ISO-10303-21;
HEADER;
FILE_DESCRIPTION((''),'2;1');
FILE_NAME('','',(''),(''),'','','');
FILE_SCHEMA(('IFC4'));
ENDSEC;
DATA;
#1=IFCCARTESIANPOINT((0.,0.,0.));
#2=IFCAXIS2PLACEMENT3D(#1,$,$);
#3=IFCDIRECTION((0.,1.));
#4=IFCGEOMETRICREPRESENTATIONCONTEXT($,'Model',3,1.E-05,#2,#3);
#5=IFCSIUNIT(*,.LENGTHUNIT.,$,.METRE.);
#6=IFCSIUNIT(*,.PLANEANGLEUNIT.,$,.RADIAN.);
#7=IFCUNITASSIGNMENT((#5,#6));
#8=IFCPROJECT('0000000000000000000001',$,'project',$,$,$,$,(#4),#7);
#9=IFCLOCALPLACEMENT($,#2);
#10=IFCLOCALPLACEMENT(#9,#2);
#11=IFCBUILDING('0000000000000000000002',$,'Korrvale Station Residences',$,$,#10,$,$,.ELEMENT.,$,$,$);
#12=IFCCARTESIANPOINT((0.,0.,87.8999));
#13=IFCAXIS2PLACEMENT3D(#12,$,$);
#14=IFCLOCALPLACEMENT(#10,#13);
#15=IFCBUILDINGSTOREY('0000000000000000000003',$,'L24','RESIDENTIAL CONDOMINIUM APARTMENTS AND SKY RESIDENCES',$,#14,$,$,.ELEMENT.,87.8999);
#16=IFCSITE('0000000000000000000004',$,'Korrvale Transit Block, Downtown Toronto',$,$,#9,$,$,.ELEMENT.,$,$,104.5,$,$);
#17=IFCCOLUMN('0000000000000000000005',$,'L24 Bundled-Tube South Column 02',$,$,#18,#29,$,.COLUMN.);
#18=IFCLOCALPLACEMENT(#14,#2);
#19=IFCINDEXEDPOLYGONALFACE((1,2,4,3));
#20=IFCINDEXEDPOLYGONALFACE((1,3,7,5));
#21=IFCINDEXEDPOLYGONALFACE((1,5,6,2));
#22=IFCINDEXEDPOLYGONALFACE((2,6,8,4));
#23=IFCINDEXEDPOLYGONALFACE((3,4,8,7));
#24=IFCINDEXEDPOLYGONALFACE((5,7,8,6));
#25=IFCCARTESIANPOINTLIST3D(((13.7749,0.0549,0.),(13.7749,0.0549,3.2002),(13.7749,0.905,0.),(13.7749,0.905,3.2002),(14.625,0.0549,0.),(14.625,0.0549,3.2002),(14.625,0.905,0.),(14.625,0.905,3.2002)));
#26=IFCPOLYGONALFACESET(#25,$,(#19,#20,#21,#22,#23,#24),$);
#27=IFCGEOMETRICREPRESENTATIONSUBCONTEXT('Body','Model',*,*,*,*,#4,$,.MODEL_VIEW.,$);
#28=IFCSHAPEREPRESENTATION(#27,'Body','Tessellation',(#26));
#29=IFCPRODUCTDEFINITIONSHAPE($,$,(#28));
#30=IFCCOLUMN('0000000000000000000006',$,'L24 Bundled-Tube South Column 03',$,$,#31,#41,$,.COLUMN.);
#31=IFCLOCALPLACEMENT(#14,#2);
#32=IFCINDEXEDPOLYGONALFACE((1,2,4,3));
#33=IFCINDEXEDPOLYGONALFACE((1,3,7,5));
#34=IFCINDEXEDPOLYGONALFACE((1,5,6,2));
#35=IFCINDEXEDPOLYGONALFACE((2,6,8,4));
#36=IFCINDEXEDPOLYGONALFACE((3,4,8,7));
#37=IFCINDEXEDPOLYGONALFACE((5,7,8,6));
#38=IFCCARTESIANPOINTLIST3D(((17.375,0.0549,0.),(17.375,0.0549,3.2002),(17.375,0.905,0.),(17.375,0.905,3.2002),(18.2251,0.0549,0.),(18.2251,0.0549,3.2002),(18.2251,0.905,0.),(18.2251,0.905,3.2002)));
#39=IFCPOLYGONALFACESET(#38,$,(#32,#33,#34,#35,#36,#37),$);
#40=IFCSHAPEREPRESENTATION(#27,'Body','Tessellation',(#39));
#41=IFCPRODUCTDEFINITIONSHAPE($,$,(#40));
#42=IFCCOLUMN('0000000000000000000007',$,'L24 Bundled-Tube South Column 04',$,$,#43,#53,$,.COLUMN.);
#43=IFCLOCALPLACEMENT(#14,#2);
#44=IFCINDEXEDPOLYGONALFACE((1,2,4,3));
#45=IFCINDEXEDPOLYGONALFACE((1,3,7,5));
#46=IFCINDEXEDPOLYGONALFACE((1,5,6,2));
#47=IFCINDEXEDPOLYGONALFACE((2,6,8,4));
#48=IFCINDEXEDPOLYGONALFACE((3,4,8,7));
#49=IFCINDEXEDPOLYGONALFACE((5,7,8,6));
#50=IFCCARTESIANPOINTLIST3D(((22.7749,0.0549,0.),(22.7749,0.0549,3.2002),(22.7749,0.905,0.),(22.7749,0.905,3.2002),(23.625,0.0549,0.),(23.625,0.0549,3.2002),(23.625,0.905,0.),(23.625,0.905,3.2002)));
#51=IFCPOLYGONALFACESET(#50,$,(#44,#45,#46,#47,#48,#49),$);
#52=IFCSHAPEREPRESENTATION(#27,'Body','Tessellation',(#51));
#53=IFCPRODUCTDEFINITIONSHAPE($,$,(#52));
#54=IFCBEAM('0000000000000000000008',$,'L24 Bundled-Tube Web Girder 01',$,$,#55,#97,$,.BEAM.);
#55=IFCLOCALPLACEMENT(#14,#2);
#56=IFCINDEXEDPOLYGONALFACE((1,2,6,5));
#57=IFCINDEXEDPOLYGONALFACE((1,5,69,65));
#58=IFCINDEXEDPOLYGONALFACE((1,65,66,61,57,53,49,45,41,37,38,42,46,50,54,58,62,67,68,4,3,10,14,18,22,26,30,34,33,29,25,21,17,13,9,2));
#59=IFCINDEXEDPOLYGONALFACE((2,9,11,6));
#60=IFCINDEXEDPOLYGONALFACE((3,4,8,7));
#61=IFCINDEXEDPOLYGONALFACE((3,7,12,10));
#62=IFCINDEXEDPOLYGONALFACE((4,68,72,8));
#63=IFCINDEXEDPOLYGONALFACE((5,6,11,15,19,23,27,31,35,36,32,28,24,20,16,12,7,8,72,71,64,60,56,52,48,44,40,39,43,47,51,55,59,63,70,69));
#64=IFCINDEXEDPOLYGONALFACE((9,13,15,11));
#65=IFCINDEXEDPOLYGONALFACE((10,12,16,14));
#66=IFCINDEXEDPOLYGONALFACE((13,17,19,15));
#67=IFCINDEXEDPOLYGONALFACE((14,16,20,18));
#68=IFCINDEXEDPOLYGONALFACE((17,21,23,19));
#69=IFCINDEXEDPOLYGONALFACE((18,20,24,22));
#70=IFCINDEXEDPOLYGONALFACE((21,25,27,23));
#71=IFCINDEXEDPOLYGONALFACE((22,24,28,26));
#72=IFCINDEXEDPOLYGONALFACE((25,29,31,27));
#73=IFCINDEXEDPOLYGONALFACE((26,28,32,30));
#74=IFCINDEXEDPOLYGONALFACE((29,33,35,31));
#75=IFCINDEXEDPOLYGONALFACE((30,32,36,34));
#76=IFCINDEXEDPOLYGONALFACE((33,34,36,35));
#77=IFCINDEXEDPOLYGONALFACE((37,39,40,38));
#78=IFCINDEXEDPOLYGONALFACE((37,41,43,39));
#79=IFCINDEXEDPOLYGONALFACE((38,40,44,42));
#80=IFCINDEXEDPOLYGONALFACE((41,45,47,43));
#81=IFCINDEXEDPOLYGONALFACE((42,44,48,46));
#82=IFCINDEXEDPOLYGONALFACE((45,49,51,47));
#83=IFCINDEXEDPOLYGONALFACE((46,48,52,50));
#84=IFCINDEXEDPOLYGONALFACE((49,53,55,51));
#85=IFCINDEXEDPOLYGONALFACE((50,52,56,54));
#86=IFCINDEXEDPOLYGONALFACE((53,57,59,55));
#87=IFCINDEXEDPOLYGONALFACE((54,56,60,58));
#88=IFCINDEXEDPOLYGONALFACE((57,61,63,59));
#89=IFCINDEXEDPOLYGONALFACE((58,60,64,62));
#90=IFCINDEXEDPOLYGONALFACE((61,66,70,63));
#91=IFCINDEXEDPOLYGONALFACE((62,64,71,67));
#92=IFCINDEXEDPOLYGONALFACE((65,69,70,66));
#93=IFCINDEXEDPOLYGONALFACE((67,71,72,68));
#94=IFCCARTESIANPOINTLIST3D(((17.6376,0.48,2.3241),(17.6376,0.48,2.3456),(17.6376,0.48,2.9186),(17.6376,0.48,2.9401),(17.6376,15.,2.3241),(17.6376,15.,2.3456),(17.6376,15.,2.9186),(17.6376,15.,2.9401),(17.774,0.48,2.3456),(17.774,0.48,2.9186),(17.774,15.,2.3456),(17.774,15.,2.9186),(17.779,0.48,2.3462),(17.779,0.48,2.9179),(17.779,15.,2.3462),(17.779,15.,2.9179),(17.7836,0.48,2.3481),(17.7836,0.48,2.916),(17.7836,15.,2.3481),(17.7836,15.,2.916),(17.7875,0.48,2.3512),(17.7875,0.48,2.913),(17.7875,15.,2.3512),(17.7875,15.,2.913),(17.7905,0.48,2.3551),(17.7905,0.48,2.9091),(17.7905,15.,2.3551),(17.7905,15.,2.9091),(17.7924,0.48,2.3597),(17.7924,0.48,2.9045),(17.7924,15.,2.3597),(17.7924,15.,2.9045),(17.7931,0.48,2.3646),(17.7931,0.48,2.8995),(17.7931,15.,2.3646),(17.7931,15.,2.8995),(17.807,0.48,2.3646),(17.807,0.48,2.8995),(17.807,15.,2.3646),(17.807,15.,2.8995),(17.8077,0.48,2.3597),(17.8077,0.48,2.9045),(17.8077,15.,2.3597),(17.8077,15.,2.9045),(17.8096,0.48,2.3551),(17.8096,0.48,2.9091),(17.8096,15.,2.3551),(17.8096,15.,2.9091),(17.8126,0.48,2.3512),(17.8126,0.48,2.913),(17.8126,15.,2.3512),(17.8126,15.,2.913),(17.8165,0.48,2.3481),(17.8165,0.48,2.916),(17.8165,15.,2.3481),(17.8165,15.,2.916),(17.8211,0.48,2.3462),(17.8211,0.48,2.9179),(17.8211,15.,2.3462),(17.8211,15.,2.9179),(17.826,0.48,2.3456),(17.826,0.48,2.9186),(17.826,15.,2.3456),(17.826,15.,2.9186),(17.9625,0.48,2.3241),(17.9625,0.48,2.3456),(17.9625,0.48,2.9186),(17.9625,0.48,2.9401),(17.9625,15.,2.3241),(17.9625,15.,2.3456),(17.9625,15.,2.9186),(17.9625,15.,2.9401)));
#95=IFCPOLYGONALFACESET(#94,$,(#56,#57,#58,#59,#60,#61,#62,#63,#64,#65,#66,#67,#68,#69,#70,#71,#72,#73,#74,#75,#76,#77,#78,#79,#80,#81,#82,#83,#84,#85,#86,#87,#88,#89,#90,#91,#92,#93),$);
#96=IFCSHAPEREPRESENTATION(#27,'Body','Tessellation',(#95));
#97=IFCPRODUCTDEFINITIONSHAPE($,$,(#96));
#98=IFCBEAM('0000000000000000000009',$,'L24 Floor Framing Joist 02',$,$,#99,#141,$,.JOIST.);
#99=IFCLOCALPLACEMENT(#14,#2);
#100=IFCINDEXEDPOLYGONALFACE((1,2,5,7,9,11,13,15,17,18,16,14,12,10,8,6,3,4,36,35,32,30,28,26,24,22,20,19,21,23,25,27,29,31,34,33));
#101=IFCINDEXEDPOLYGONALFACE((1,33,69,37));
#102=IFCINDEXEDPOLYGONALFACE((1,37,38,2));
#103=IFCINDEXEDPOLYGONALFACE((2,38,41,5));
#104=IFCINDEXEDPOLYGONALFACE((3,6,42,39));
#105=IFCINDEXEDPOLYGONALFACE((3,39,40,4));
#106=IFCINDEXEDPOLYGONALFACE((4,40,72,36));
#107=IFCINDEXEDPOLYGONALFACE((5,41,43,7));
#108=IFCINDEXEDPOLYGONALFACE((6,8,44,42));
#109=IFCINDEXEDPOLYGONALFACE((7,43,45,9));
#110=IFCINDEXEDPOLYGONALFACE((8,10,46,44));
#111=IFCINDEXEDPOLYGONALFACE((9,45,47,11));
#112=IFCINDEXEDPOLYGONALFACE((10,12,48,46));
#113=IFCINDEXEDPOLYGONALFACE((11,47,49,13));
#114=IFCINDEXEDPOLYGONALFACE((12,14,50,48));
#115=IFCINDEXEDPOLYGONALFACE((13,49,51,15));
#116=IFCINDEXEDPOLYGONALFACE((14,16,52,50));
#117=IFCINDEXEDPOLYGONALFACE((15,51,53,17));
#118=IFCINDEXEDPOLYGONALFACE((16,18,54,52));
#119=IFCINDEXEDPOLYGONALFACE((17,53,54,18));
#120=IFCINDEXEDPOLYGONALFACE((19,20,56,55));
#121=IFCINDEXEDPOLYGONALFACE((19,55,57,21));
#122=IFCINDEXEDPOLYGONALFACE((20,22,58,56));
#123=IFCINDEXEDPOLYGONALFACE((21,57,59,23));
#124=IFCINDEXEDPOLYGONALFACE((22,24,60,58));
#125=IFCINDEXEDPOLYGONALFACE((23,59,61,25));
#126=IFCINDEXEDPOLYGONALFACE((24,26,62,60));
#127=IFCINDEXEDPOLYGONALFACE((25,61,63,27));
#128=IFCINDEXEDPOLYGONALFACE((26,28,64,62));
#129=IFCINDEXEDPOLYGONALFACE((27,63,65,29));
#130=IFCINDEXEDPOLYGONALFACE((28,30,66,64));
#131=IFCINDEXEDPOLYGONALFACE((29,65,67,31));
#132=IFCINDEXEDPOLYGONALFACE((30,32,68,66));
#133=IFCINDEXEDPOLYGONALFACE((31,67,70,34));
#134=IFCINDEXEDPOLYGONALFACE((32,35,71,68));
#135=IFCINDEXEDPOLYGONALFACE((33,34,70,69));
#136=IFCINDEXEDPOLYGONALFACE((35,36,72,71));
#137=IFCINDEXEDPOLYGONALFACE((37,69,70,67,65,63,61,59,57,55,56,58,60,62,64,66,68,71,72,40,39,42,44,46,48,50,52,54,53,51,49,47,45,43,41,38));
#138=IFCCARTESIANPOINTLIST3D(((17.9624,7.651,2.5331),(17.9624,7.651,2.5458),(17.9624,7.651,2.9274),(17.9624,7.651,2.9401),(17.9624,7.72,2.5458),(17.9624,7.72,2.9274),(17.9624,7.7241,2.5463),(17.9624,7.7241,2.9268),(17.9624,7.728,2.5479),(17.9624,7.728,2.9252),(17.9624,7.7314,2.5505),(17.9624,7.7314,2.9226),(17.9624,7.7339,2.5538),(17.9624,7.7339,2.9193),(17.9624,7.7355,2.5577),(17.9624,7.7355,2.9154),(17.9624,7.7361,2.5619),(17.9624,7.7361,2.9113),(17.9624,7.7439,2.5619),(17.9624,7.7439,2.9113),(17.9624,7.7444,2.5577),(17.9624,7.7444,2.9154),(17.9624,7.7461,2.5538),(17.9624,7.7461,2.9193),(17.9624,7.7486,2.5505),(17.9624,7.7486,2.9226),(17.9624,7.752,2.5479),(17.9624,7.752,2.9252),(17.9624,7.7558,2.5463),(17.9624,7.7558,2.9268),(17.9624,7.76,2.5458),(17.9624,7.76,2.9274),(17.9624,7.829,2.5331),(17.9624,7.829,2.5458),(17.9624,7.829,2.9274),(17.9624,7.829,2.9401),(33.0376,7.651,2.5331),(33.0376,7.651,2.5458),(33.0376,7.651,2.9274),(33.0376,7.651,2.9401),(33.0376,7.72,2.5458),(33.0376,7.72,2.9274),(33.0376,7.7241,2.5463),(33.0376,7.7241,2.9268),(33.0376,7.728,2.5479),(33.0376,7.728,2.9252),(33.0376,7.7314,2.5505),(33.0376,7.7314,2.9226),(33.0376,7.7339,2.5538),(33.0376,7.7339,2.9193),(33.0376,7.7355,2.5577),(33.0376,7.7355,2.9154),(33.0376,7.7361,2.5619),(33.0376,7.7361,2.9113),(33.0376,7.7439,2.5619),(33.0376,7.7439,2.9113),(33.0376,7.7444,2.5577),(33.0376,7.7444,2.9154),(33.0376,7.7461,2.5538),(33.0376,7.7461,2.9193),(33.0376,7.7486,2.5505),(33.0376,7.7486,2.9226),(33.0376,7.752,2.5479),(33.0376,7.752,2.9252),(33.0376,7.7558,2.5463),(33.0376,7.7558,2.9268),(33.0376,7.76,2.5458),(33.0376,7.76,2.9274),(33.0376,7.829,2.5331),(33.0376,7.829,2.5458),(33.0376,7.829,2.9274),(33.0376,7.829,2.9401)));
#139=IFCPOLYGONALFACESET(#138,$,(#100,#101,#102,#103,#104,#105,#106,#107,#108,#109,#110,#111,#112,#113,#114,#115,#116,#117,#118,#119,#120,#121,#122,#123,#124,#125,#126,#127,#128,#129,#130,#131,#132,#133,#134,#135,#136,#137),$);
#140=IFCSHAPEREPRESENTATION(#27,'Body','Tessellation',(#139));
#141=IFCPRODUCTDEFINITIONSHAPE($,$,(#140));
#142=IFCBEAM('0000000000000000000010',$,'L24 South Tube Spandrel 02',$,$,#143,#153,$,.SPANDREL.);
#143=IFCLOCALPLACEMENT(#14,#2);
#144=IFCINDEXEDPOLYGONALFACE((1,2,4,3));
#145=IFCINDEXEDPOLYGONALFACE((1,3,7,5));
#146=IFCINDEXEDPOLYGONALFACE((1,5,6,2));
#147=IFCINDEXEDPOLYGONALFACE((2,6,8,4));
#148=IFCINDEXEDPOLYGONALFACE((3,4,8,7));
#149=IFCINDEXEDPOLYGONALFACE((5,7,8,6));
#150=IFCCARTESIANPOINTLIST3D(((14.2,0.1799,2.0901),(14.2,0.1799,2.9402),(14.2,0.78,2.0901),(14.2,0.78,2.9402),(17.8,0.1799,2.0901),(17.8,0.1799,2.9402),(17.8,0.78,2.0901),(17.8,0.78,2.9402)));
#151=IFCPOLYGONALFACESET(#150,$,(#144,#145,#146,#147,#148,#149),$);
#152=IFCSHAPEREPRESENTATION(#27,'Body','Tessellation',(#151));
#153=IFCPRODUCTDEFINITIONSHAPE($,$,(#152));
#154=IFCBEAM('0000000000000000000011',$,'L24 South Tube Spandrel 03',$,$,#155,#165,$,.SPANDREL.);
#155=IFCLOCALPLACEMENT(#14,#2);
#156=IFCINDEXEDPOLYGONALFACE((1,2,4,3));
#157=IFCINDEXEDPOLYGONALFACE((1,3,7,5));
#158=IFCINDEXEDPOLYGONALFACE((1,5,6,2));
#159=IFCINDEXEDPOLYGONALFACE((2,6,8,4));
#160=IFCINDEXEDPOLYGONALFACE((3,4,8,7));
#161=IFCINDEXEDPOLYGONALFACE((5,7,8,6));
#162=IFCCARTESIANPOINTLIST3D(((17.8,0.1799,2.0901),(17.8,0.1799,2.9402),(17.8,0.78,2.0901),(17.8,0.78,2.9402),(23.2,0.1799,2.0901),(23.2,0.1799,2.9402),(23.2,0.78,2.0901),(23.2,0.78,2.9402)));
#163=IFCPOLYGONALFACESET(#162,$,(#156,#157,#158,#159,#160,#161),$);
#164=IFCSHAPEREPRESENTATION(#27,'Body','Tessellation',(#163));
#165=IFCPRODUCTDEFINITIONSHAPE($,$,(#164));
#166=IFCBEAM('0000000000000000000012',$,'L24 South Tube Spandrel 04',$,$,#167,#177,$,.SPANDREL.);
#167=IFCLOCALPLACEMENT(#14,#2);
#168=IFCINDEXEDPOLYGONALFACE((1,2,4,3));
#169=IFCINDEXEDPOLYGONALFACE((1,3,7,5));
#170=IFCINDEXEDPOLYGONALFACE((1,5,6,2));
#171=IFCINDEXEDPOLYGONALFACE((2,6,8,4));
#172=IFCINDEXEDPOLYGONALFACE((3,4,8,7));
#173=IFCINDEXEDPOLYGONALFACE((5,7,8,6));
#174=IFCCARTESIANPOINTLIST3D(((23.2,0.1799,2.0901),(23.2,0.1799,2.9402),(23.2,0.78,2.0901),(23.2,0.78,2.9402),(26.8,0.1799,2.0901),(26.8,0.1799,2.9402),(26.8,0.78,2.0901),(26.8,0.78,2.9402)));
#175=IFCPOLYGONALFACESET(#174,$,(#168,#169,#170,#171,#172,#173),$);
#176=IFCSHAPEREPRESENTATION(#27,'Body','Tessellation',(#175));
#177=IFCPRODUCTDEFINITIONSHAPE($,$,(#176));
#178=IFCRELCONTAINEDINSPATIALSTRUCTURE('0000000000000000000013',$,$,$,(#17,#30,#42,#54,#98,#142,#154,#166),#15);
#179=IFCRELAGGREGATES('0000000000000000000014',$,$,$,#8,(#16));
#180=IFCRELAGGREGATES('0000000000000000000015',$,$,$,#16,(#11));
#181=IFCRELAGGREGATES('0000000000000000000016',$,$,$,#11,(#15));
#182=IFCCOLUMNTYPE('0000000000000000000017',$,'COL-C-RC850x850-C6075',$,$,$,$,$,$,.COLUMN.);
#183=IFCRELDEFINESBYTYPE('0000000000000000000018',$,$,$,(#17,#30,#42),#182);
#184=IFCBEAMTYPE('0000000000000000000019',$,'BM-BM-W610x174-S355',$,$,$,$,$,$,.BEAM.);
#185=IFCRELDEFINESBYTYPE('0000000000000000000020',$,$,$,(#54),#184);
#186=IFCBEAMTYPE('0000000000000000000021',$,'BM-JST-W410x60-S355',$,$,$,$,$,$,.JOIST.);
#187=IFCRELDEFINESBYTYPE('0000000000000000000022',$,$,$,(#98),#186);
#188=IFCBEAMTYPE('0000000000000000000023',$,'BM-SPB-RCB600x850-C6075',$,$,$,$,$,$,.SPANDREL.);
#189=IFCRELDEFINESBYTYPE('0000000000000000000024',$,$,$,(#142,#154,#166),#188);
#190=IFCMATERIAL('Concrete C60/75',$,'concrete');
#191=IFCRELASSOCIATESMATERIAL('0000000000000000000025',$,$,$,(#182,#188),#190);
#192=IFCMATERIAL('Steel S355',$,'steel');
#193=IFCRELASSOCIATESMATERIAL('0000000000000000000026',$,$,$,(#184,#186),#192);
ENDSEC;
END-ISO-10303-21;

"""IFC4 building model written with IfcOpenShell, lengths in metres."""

from ifc_helpers import new_model, si_unit, direction, frame, origin, origin_2d, place, context, subcontext, project, spatial, rectangle, i_section, extrude, material, material_profile, profile_set, type_object, element, save


model = new_model("IFC4")

# Units and contexts
model_context = context("Model", 3, precision=1e-05, world=origin(), true_north=direction((0.0, 1.0)))
body_context = subcontext(model_context, "Body", "Model", "MODEL_VIEW")
ifc_project = project(units=[si_unit("LENGTHUNIT", "METRE"), si_unit("PLANEANGLEUNIT", "RADIAN")], contexts=[model_context])

# Site, building, storey
site_placement = place(None, origin())
site = spatial("IfcSite", under=ifc_project, at=site_placement, Name="Korrvale Transit Block, Downtown Toronto", CompositionType="ELEMENT", RefElevation=104.5)
building_placement = place(site_placement, origin())
building = spatial("IfcBuilding", under=site, at=building_placement, Name="Korrvale Station Residences", CompositionType="ELEMENT")
storey_placement = place(building_placement, frame((0.0, 0.0, 87.8999)))
storey = spatial("IfcBuildingStorey", under=building, at=storey_placement, Name="L24", Description="RESIDENTIAL CONDOMINIUM APARTMENTS AND SKY RESIDENCES", CompositionType="ELEMENT", Elevation=87.8999)

# Columns
ifc_material_1 = material(Name="Concrete C60/75", Category="concrete")
ifc_material_profile_1 = material_profile(ifc_material_1, rectangle(XDim=0.8501, YDim=0.8501, at=origin_2d()), Name="RC850x850")
ifc_profile_set_1 = profile_set([ifc_material_profile_1], Name="Concrete C60/75")
column_type = type_object("IfcColumnType", Name="COL-C-RC850x850-C6075", PredefinedType="COLUMN", material=ifc_profile_set_1)
for number, where, z_axis, x_axis, name in (
    (1, (14.2, 0.48, 0.0), (0.0, 0.0, 1.0), (1.0, 0.0, 0.0), "L24 Bundled-Tube South Column 02"),
    (2, (17.8, 0.48, 0.0), (0.0, 0.0, 1.0), (1.0, 0.0, 0.0), "L24 Bundled-Tube South Column 03"),
    (3, (23.2, 0.48, 0.0), (0.0, 0.0, 1.0), (1.0, 0.0, 0.0), "L24 Bundled-Tube South Column 04"),
):
    element("IfcColumn", number, at=place(storey_placement, frame(where, z_axis=z_axis, x_axis=x_axis)), inside=storey, type_object=column_type, Name=name, PredefinedType="COLUMN", context=body_context, shape_type="SweptSolid", body=[
        extrude(rectangle(XDim=0.8501, YDim=0.8501, at=origin_2d()), origin(), (0.0, 0.0, 1.0), 3.2002),
    ])

# Beams
ifc_material_2 = material(Name="Steel S355", Category="steel")
ifc_material_profile_2 = material_profile(ifc_material_2, i_section(OverallWidth=0.325, OverallDepth=0.616, WebThickness=0.0139, FlangeThickness=0.0215, FilletRadius=0.019, at=origin_2d()), Name="W610x174")
ifc_profile_set_2 = profile_set([ifc_material_profile_2], Name="Steel S355")
beam_type_1 = type_object("IfcBeamType", Name="BM-BM-W610x174-S355", PredefinedType="BEAM", material=ifc_profile_set_2)
beam_1_placement = place(storey_placement, frame((17.8, 0.48, 2.6321), z_axis=(0.0, 1.0, 0.0), x_axis=(-1.0, 0.0, 0.0)))
element("IfcBeam", 4, at=beam_1_placement, inside=storey, type_object=beam_type_1, Name="L24 Bundled-Tube Web Girder 01", PredefinedType="BEAM", context=body_context, shape_type="SweptSolid", body=[
    extrude(i_section(OverallWidth=0.325, OverallDepth=0.616, WebThickness=0.0139, FlangeThickness=0.0215, FilletRadius=0.019, at=origin_2d()), origin(), (0.0, 0.0, 1.0), 14.52),
])
ifc_material_profile_3 = material_profile(ifc_material_2, i_section(OverallWidth=0.178, OverallDepth=0.407, WebThickness=0.0078, FlangeThickness=0.0127, FilletRadius=0.0161, at=origin_2d()), Name="W410x60")
ifc_profile_set_3 = profile_set([ifc_material_profile_3], Name="Steel S355")
beam_type_2 = type_object("IfcBeamType", Name="BM-JST-W410x60-S355", PredefinedType="JOIST", material=ifc_profile_set_3)
beam_2_placement = place(storey_placement, frame((17.9624, 7.74, 2.7366), z_axis=(1.0, 0.0, 0.0), x_axis=(0.0, 1.0, 0.0)))
element("IfcBeam", 5, at=beam_2_placement, inside=storey, type_object=beam_type_2, Name="L24 Floor Framing Joist 02", PredefinedType="JOIST", context=body_context, shape_type="SweptSolid", body=[
    extrude(i_section(OverallWidth=0.178, OverallDepth=0.407, WebThickness=0.0078, FlangeThickness=0.0127, FilletRadius=0.0161, at=origin_2d()), origin(), (0.0, 0.0, 1.0), 15.0752),
])
ifc_material_profile_4 = material_profile(ifc_material_1, rectangle(XDim=0.6001, YDim=0.8501, at=origin_2d()), Name="RCB600x850")
ifc_profile_set_4 = profile_set([ifc_material_profile_4], Name="Concrete C60/75")
beam_type_3 = type_object("IfcBeamType", Name="BM-SPB-RCB600x850-C6075", PredefinedType="SPANDREL", material=ifc_profile_set_4)
beam_3_placement = place(storey_placement, frame((14.2, 0.48, 2.5151), z_axis=(1.0, 0.0, 0.0), x_axis=(0.0, 1.0, 0.0)))
element("IfcBeam", 6, at=beam_3_placement, inside=storey, type_object=beam_type_3, Name="L24 South Tube Spandrel 02", PredefinedType="SPANDREL", context=body_context, shape_type="SweptSolid", body=[
    extrude(rectangle(XDim=0.6001, YDim=0.8501, at=origin_2d()), origin(), (0.0, 0.0, 1.0), 3.6001),
])
beam_4_placement = place(storey_placement, frame((17.8, 0.48, 2.5151), z_axis=(1.0, 0.0, 0.0), x_axis=(0.0, 1.0, 0.0)))
element("IfcBeam", 7, at=beam_4_placement, inside=storey, type_object=beam_type_3, Name="L24 South Tube Spandrel 03", PredefinedType="SPANDREL", context=body_context, shape_type="SweptSolid", body=[
    extrude(rectangle(XDim=0.6001, YDim=0.8501, at=origin_2d()), origin(), (0.0, 0.0, 1.0), 5.3999),
])
beam_5_placement = place(storey_placement, frame((23.2, 0.48, 2.5151), z_axis=(1.0, 0.0, 0.0), x_axis=(0.0, 1.0, 0.0)))
element("IfcBeam", 8, at=beam_5_placement, inside=storey, type_object=beam_type_3, Name="L24 South Tube Spandrel 04", PredefinedType="SPANDREL", context=body_context, shape_type="SweptSolid", body=[
    extrude(rectangle(XDim=0.6001, YDim=0.8501, at=origin_2d()), origin(), (0.0, 0.0, 1.0), 3.6001),
])

save(model, "model.ifc")
